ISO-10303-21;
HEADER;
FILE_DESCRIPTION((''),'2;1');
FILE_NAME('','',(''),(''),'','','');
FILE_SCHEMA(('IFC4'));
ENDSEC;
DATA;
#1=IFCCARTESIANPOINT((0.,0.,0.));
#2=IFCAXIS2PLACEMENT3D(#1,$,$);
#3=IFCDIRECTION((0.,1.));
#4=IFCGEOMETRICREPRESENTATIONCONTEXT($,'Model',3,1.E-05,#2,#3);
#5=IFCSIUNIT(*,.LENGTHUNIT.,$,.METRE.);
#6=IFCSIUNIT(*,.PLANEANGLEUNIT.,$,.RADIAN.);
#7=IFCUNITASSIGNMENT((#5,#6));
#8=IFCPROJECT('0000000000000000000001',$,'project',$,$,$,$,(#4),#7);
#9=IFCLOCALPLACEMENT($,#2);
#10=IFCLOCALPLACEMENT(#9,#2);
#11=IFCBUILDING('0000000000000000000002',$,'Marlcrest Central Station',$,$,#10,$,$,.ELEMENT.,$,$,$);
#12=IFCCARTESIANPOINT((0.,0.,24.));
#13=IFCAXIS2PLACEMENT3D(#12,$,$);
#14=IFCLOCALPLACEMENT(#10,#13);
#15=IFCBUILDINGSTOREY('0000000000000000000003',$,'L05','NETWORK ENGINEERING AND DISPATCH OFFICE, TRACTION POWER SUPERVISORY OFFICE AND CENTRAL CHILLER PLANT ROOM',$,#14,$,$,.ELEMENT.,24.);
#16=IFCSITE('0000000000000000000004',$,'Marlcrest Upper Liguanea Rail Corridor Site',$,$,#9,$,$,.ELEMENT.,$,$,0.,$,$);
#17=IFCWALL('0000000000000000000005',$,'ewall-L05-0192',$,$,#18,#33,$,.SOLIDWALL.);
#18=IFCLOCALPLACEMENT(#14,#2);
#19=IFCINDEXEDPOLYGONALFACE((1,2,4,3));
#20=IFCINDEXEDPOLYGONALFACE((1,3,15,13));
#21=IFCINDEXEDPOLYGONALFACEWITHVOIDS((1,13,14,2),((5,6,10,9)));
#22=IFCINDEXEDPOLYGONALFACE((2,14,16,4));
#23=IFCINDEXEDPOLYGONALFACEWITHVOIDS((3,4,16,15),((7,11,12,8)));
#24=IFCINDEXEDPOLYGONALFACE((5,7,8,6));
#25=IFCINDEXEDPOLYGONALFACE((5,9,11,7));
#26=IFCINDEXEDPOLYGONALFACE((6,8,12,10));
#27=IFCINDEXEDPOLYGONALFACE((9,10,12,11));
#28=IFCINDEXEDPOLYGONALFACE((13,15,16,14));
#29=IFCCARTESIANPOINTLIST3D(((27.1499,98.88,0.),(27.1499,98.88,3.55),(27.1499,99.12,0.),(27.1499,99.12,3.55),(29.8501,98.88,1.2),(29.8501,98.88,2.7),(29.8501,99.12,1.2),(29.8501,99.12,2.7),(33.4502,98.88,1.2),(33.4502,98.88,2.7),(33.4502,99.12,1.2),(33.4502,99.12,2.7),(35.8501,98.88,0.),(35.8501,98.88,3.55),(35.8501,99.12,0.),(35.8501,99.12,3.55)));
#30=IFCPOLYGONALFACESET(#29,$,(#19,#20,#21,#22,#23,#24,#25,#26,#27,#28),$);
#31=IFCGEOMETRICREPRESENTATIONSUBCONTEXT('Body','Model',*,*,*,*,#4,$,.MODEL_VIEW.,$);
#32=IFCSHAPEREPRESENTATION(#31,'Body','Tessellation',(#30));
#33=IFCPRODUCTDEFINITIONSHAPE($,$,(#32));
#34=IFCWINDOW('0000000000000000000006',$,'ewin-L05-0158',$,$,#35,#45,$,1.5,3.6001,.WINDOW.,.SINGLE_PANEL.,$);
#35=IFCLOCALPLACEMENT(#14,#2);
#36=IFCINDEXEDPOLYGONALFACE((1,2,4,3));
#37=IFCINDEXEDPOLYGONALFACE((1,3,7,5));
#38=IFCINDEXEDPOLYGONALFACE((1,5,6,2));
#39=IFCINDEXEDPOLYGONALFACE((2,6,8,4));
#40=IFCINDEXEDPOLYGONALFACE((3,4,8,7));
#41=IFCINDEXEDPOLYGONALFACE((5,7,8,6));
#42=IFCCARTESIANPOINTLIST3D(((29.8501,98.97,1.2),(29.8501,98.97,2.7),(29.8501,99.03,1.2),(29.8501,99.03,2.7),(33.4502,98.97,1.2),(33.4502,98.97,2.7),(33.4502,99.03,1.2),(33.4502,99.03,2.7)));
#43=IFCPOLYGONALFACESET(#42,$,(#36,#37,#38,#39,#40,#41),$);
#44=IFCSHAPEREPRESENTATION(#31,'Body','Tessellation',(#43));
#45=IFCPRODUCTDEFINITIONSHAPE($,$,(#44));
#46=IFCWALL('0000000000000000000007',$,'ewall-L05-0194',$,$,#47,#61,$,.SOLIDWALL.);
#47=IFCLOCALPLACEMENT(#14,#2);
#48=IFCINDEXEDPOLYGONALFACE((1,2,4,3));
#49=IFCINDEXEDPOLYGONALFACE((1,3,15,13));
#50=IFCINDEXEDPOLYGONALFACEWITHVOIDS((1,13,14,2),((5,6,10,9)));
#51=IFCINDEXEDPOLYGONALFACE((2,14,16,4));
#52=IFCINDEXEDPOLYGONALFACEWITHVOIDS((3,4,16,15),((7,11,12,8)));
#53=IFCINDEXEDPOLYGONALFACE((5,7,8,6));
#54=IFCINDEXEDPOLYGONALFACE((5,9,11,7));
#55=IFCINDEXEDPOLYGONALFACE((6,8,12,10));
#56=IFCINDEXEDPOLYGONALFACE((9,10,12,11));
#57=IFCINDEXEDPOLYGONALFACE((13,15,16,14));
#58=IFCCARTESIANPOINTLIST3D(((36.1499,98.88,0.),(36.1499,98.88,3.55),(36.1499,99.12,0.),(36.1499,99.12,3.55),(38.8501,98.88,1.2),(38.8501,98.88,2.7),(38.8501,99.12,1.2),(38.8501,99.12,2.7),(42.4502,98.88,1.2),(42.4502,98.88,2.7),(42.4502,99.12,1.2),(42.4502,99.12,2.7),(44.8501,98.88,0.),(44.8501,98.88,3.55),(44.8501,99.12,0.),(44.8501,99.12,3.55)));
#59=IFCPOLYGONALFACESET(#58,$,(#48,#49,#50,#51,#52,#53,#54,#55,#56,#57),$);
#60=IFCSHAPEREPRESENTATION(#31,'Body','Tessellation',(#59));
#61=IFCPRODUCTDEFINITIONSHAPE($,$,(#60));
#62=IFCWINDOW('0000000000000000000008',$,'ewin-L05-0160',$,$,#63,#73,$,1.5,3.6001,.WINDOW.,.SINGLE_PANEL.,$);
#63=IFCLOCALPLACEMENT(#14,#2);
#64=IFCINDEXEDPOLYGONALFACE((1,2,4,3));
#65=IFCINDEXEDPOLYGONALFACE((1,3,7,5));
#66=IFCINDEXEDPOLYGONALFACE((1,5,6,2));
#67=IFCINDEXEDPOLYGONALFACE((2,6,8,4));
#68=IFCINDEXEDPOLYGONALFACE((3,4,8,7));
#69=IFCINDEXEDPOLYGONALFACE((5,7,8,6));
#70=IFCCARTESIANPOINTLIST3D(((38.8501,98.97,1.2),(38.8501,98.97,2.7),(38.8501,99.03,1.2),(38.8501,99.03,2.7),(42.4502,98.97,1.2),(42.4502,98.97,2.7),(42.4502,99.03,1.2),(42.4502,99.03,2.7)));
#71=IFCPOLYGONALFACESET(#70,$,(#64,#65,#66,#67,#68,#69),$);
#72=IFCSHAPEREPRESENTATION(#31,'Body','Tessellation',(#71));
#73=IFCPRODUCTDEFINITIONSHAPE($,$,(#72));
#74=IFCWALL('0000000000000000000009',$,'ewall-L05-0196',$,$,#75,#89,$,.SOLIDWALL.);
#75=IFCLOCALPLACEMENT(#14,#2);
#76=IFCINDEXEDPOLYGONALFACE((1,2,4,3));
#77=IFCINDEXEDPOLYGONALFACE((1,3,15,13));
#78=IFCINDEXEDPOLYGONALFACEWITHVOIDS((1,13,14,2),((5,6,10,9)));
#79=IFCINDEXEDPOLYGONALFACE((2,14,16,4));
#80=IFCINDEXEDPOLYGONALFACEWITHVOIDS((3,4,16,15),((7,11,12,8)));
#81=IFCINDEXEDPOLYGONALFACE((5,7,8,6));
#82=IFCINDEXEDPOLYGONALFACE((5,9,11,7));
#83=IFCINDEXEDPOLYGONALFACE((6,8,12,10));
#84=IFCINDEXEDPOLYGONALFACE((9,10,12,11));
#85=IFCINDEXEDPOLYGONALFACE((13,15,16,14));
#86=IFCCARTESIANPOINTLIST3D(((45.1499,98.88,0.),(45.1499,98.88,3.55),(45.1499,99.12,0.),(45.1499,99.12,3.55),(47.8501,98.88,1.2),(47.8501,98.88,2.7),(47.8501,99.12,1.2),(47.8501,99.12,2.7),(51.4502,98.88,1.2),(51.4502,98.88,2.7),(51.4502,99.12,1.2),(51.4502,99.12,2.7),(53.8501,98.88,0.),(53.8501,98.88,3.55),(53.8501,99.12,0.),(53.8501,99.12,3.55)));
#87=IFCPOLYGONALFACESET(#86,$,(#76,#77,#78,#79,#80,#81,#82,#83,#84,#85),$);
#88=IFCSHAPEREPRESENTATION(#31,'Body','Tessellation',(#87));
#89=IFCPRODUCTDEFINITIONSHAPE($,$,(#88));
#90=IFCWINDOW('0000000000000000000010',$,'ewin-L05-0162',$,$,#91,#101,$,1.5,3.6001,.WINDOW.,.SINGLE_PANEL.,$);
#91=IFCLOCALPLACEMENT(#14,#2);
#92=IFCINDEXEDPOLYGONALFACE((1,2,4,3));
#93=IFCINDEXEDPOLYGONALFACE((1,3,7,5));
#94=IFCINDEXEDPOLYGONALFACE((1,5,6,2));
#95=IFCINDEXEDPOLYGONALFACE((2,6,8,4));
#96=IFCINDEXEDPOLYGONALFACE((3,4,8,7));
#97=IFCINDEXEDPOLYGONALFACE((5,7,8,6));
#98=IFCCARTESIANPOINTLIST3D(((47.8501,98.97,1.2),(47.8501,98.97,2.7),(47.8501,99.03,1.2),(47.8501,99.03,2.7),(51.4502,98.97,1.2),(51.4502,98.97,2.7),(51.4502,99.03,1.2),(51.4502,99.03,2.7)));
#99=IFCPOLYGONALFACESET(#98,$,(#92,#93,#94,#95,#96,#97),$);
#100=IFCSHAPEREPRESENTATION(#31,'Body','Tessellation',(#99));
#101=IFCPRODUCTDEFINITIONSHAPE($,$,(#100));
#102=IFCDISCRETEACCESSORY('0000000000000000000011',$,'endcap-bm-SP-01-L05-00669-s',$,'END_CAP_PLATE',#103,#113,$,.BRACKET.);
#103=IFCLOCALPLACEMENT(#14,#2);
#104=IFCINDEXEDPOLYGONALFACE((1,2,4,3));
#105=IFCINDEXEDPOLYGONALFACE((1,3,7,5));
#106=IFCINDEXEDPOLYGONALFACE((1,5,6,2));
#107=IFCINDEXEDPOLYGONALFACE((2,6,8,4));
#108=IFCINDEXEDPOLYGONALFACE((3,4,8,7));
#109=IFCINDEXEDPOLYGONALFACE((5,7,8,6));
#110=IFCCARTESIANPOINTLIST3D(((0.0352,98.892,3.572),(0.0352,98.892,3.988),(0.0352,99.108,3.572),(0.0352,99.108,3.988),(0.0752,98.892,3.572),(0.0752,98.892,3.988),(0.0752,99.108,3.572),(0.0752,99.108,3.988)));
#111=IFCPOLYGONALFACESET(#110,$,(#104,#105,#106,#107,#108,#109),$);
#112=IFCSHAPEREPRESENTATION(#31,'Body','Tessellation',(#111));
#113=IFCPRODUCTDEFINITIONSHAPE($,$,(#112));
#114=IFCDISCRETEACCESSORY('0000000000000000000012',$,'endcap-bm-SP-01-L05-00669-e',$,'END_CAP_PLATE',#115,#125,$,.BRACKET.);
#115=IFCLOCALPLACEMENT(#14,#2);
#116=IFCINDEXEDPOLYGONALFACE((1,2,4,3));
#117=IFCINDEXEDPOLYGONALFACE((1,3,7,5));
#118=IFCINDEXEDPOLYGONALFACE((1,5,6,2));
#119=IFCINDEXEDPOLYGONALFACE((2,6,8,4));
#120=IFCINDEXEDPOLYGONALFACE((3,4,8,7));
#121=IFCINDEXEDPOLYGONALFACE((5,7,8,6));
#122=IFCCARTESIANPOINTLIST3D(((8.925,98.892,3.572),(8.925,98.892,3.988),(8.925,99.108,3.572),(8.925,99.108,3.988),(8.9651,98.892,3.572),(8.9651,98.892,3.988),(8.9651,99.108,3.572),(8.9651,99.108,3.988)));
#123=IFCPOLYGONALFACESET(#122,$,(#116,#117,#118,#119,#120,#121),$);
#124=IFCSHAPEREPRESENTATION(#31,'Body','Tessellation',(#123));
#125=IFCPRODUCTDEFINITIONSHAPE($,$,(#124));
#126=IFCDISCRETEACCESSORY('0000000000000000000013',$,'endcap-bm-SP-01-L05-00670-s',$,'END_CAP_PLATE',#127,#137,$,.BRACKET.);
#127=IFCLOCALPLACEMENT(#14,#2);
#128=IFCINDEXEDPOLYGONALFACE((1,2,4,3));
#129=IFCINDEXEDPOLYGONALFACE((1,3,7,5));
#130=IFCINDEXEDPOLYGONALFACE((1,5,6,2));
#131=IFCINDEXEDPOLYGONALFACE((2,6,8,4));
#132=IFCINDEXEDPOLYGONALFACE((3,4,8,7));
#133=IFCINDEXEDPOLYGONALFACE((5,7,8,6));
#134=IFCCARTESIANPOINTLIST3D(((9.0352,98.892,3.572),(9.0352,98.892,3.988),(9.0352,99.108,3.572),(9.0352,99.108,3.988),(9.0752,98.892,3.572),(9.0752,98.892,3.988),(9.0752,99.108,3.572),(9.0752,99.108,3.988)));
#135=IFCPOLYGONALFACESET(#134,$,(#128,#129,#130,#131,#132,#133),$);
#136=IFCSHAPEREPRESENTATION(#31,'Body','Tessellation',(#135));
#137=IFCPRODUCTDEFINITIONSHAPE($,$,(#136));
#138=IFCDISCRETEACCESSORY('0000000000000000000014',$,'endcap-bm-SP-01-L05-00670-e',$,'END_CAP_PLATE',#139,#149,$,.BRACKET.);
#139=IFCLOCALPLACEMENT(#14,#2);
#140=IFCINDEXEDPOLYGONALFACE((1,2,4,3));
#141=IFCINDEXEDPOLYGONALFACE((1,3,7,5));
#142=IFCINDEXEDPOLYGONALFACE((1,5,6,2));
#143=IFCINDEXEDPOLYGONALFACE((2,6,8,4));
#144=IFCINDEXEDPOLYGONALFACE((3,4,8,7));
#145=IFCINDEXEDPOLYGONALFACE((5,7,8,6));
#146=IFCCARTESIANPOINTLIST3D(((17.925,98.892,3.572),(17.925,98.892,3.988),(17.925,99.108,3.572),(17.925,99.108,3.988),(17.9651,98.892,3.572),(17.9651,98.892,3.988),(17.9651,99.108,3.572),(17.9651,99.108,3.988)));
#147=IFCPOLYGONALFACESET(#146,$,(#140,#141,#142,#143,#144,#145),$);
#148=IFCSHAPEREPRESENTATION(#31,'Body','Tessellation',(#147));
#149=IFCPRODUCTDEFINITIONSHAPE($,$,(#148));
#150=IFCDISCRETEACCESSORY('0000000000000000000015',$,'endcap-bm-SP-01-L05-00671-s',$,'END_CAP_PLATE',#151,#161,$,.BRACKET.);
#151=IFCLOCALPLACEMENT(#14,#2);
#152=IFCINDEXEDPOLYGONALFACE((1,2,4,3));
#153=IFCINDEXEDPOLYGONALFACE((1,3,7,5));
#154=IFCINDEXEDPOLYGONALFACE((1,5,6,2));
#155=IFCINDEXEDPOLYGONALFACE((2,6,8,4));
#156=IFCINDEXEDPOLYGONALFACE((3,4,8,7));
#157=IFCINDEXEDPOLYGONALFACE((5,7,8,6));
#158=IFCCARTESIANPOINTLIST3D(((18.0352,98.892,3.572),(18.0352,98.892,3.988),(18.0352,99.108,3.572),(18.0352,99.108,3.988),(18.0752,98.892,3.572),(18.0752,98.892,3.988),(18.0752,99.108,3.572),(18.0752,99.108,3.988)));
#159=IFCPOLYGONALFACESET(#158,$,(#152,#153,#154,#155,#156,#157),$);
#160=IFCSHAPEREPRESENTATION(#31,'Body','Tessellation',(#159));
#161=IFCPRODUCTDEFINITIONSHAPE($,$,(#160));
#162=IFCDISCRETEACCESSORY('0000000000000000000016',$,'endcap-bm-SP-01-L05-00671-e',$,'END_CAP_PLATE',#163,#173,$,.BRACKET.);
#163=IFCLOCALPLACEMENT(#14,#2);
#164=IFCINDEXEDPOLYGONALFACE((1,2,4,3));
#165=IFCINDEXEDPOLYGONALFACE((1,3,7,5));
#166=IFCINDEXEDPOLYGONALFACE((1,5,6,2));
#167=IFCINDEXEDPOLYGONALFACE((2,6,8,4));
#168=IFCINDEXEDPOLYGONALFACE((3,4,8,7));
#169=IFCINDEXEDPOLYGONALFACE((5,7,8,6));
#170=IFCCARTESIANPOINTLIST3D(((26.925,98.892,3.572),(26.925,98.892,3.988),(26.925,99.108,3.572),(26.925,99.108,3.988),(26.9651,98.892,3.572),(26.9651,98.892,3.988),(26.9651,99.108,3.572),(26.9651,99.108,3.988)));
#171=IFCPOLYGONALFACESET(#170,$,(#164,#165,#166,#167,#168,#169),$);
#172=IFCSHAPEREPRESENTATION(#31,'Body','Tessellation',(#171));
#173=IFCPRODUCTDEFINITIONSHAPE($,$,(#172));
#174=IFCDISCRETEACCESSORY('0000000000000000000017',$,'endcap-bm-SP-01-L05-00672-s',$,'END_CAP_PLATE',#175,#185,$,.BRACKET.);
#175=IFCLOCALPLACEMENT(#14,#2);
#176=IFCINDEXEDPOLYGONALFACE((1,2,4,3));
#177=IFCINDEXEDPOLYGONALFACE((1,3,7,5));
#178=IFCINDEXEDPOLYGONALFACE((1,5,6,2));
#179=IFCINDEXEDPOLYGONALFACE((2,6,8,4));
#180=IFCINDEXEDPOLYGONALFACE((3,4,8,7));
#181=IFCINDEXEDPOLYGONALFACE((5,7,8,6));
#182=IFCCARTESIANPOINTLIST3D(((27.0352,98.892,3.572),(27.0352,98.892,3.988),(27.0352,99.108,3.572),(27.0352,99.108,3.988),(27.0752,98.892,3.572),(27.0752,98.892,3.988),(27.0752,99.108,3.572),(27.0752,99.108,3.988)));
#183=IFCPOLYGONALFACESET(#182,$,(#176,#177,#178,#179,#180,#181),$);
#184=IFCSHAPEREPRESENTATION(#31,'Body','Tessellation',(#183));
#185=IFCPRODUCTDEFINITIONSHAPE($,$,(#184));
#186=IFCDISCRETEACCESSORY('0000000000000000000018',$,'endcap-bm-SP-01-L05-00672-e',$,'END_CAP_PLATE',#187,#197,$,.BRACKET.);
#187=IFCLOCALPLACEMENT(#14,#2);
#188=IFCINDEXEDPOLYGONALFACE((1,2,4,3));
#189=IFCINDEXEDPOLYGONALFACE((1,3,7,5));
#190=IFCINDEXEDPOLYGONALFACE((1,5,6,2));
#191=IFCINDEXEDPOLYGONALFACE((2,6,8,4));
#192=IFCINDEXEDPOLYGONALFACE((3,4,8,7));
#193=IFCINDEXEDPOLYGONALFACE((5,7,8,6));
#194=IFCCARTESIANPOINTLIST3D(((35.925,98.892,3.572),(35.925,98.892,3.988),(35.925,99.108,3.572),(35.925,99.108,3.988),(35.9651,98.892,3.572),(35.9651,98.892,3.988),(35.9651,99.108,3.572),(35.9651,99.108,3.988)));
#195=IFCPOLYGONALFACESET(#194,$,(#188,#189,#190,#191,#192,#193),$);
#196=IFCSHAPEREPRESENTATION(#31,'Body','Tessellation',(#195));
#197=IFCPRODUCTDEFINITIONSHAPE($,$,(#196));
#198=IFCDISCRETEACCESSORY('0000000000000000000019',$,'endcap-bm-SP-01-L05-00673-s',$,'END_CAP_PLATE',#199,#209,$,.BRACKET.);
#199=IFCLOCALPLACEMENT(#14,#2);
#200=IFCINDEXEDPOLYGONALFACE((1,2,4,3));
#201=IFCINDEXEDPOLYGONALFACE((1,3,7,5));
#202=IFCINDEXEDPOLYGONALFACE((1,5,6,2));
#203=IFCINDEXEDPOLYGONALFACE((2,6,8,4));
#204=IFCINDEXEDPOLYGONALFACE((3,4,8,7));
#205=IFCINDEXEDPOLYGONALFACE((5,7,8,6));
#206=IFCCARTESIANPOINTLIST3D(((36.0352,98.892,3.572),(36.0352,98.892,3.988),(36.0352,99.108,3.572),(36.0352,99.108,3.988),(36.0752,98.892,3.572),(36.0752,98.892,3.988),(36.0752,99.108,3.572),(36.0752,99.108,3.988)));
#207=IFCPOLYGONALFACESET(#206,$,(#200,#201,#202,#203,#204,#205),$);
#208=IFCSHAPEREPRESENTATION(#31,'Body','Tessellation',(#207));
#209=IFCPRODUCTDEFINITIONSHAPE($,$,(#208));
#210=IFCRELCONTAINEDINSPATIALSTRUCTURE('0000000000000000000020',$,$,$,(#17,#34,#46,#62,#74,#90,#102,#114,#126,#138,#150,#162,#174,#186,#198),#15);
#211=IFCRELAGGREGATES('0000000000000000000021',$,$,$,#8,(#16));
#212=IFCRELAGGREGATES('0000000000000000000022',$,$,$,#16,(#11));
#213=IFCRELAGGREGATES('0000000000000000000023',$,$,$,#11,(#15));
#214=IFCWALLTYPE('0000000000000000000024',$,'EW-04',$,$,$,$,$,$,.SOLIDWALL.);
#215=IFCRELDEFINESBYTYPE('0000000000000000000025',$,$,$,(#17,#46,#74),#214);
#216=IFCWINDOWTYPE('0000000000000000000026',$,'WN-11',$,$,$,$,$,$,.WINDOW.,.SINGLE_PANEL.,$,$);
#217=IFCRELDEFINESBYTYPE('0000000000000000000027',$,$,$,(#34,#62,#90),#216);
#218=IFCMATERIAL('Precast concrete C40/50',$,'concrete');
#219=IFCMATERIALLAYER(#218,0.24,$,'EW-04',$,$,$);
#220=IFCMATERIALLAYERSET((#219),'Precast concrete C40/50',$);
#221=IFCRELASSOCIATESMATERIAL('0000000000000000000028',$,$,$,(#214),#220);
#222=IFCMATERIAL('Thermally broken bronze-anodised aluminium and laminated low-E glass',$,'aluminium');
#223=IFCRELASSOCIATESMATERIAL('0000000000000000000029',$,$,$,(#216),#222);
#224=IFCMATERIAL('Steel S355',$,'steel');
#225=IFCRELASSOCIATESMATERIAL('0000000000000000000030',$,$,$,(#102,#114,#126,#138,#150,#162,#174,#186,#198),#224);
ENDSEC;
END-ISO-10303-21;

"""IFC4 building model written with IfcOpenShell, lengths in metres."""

from ifc_helpers import new_model, si_unit, direction, frame, frame_2d, origin, origin_2d, place, context, subcontext, project, spatial, rectangle, extrude, material, layer, layer_set, type_object, element, fill, save


model = new_model("IFC4")

# Units and contexts
model_context = context("Model", 3, precision=1e-05, world=origin(), true_north=direction((0.0, 1.0)))
body_context = subcontext(model_context, "Body", "Model", "MODEL_VIEW")
ifc_project = project(units=[si_unit("LENGTHUNIT", "METRE"), si_unit("PLANEANGLEUNIT", "RADIAN")], contexts=[model_context])

# Site, building, storey
site_placement = place(None, origin())
site = spatial("IfcSite", under=ifc_project, at=site_placement, Name="Marlcrest Upper Liguanea Rail Corridor Site", CompositionType="ELEMENT", RefElevation=0.0)
building_placement = place(site_placement, origin())
building = spatial("IfcBuilding", under=site, at=building_placement, Name="Marlcrest Central Station", CompositionType="ELEMENT")
storey_placement = place(building_placement, frame((0.0, 0.0, 24.0)))
storey = spatial("IfcBuildingStorey", under=building, at=storey_placement, Name="L05", Description="NETWORK ENGINEERING AND DISPATCH OFFICE, TRACTION POWER SUPERVISORY OFFICE AND CENTRAL CHILLER PLANT ROOM", CompositionType="ELEMENT", Elevation=24.0)

# Shared definitions
ifc_material_1 = material(Name="Steel S355", Category="steel")

# Walls, openings, windows
ifc_material_2 = material(Name="Precast concrete C40/50", Category="concrete")
ifc_layer = layer(ifc_material_2, 0.24, Name="EW-04")
ifc_layer_set = layer_set([ifc_layer], Name="Precast concrete C40/50")
wall_type = type_object("IfcWallType", Name="EW-04", PredefinedType="SOLIDWALL", material=ifc_layer_set)
wall_1_placement = place(storey_placement, frame((35.8501, 99.0, 0.0), z_axis=(0.0, 0.0, 1.0), x_axis=(-1.0, 0.0, 0.0)))
wall_1 = element("IfcWall", 1, at=wall_1_placement, inside=storey, type_object=wall_type, Name="ewall-L05-0192", PredefinedType="SOLIDWALL", context=body_context, shape_type="SweptSolid", body=[
    extrude(rectangle(XDim=8.7002, YDim=0.24, at=frame_2d((4.3501, 0.0))), origin(), (0.0, 0.0, 1.0), 3.55),
])
opening_1_placement = place(wall_1_placement, frame((2.3999, 0.0, 1.2)))
opening_1 = element("IfcOpeningElement", 2, at=opening_1_placement, cuts=wall_1, PredefinedType="OPENING", context=body_context, shape_type="SweptSolid", body=[
    extrude(rectangle(XDim=3.6001, YDim=1.5, at=frame_2d((1.8, 0.75))), frame((0.0, 0.1299, 0.0), z_axis=(0.0, -1.0, 0.0), x_axis=(1.0, 0.0, 0.0)), (0.0, 0.0, 1.0), 0.26),
])
ifc_material_3 = material(Name="Thermally broken bronze-anodised aluminium and laminated low-E glass", Category="aluminium")
window_type = type_object("IfcWindowType", Name="WN-11", PartitioningType="SINGLE_PANEL", PredefinedType="WINDOW", material=ifc_material_3)
window_1_placement = place(opening_1_placement, origin())
window_1 = element("IfcWindow", 3, at=window_1_placement, inside=storey, type_object=window_type, Name="ewin-L05-0158", OverallHeight=1.5, OverallWidth=3.6001, PartitioningType="SINGLE_PANEL", PredefinedType="WINDOW", context=body_context, shape_type="SweptSolid", body=[
    extrude(rectangle(XDim=3.6001, YDim=1.5, at=frame_2d((1.8, 0.75))), frame((0.0, 0.03, 0.0), z_axis=(0.0, -1.0, 0.0), x_axis=(1.0, 0.0, 0.0)), (0.0, 0.0, 1.0), 0.0601),
])
fill(opening_1, window_1)
wall_2_placement = place(storey_placement, frame((44.8501, 99.0, 0.0), z_axis=(0.0, 0.0, 1.0), x_axis=(-1.0, 0.0, 0.0)))
wall_2 = element("IfcWall", 4, at=wall_2_placement, inside=storey, type_object=wall_type, Name="ewall-L05-0194", PredefinedType="SOLIDWALL", context=body_context, shape_type="SweptSolid", body=[
    extrude(rectangle(XDim=8.7002, YDim=0.24, at=frame_2d((4.3501, 0.0))), origin(), (0.0, 0.0, 1.0), 3.55),
])
opening_2_placement = place(wall_2_placement, frame((2.3999, 0.0, 1.2)))
opening_2 = element("IfcOpeningElement", 5, at=opening_2_placement, cuts=wall_2, PredefinedType="OPENING", context=body_context, shape_type="SweptSolid", body=[
    extrude(rectangle(XDim=3.6001, YDim=1.5, at=frame_2d((1.8, 0.75))), frame((0.0, 0.1299, 0.0), z_axis=(0.0, -1.0, 0.0), x_axis=(1.0, 0.0, 0.0)), (0.0, 0.0, 1.0), 0.26),
])
window_2_placement = place(opening_2_placement, origin())
window_2 = element("IfcWindow", 6, at=window_2_placement, inside=storey, type_object=window_type, Name="ewin-L05-0160", OverallHeight=1.5, OverallWidth=3.6001, PartitioningType="SINGLE_PANEL", PredefinedType="WINDOW", context=body_context, shape_type="SweptSolid", body=[
    extrude(rectangle(XDim=3.6001, YDim=1.5, at=frame_2d((1.8, 0.75))), frame((0.0, 0.03, 0.0), z_axis=(0.0, -1.0, 0.0), x_axis=(1.0, 0.0, 0.0)), (0.0, 0.0, 1.0), 0.0601),
])
fill(opening_2, window_2)
wall_3_placement = place(storey_placement, frame((53.8501, 99.0, 0.0), z_axis=(0.0, 0.0, 1.0), x_axis=(-1.0, 0.0, 0.0)))
wall_3 = element("IfcWall", 7, at=wall_3_placement, inside=storey, type_object=wall_type, Name="ewall-L05-0196", PredefinedType="SOLIDWALL", context=body_context, shape_type="SweptSolid", body=[
    extrude(rectangle(XDim=8.7002, YDim=0.24, at=frame_2d((4.3501, 0.0))), origin(), (0.0, 0.0, 1.0), 3.55),
])
opening_3_placement = place(wall_3_placement, frame((2.3999, 0.0, 1.2)))
opening_3 = element("IfcOpeningElement", 8, at=opening_3_placement, cuts=wall_3, PredefinedType="OPENING", context=body_context, shape_type="SweptSolid", body=[
    extrude(rectangle(XDim=3.6001, YDim=1.5, at=frame_2d((1.8, 0.75))), frame((0.0, 0.1299, 0.0), z_axis=(0.0, -1.0, 0.0), x_axis=(1.0, 0.0, 0.0)), (0.0, 0.0, 1.0), 0.26),
])
window_3_placement = place(opening_3_placement, origin())
window_3 = element("IfcWindow", 9, at=window_3_placement, inside=storey, type_object=window_type, Name="ewin-L05-0162", OverallHeight=1.5, OverallWidth=3.6001, PartitioningType="SINGLE_PANEL", PredefinedType="WINDOW", context=body_context, shape_type="SweptSolid", body=[
    extrude(rectangle(XDim=3.6001, YDim=1.5, at=frame_2d((1.8, 0.75))), frame((0.0, 0.03, 0.0), z_axis=(0.0, -1.0, 0.0), x_axis=(1.0, 0.0, 0.0)), (0.0, 0.0, 1.0), 0.0601),
])
fill(opening_3, window_3)

# Discrete accessories
for number, where, z_axis, x_axis, name in (
    (10, (0.0352, 99.0, 3.78), (1.0, 0.0, 0.0), (0.0, 1.0, 0.0), "endcap-bm-SP-01-L05-00669-s"),
    (11, (8.925, 99.0, 3.78), (1.0, 0.0, 0.0), (0.0, 1.0, 0.0), "endcap-bm-SP-01-L05-00669-e"),
    (12, (9.0352, 99.0, 3.78), (1.0, 0.0, 0.0), (0.0, 1.0, 0.0), "endcap-bm-SP-01-L05-00670-s"),
    (13, (17.925, 99.0, 3.78), (1.0, 0.0, 0.0), (0.0, 1.0, 0.0), "endcap-bm-SP-01-L05-00670-e"),
    (14, (18.0352, 99.0, 3.78), (1.0, 0.0, 0.0), (0.0, 1.0, 0.0), "endcap-bm-SP-01-L05-00671-s"),
    (15, (26.925, 99.0, 3.78), (1.0, 0.0, 0.0), (0.0, 1.0, 0.0), "endcap-bm-SP-01-L05-00671-e"),
    (16, (27.0352, 99.0, 3.78), (1.0, 0.0, 0.0), (0.0, 1.0, 0.0), "endcap-bm-SP-01-L05-00672-s"),
    (17, (35.925, 99.0, 3.78), (1.0, 0.0, 0.0), (0.0, 1.0, 0.0), "endcap-bm-SP-01-L05-00672-e"),
    (18, (36.0352, 99.0, 3.78), (1.0, 0.0, 0.0), (0.0, 1.0, 0.0), "endcap-bm-SP-01-L05-00673-s"),
):
    element("IfcDiscreteAccessory", number, at=place(storey_placement, frame(where, z_axis=z_axis, x_axis=x_axis)), inside=storey, material=ifc_material_1, Name=name, ObjectType="END_CAP_PLATE", PredefinedType="BRACKET", context=body_context, shape_type="SweptSolid", body=[
        extrude(rectangle(XDim=0.2161, YDim=0.416, at=origin_2d()), origin(), (0.0, 0.0, 1.0), 0.04),
    ])

save(model, "model.ifc")
